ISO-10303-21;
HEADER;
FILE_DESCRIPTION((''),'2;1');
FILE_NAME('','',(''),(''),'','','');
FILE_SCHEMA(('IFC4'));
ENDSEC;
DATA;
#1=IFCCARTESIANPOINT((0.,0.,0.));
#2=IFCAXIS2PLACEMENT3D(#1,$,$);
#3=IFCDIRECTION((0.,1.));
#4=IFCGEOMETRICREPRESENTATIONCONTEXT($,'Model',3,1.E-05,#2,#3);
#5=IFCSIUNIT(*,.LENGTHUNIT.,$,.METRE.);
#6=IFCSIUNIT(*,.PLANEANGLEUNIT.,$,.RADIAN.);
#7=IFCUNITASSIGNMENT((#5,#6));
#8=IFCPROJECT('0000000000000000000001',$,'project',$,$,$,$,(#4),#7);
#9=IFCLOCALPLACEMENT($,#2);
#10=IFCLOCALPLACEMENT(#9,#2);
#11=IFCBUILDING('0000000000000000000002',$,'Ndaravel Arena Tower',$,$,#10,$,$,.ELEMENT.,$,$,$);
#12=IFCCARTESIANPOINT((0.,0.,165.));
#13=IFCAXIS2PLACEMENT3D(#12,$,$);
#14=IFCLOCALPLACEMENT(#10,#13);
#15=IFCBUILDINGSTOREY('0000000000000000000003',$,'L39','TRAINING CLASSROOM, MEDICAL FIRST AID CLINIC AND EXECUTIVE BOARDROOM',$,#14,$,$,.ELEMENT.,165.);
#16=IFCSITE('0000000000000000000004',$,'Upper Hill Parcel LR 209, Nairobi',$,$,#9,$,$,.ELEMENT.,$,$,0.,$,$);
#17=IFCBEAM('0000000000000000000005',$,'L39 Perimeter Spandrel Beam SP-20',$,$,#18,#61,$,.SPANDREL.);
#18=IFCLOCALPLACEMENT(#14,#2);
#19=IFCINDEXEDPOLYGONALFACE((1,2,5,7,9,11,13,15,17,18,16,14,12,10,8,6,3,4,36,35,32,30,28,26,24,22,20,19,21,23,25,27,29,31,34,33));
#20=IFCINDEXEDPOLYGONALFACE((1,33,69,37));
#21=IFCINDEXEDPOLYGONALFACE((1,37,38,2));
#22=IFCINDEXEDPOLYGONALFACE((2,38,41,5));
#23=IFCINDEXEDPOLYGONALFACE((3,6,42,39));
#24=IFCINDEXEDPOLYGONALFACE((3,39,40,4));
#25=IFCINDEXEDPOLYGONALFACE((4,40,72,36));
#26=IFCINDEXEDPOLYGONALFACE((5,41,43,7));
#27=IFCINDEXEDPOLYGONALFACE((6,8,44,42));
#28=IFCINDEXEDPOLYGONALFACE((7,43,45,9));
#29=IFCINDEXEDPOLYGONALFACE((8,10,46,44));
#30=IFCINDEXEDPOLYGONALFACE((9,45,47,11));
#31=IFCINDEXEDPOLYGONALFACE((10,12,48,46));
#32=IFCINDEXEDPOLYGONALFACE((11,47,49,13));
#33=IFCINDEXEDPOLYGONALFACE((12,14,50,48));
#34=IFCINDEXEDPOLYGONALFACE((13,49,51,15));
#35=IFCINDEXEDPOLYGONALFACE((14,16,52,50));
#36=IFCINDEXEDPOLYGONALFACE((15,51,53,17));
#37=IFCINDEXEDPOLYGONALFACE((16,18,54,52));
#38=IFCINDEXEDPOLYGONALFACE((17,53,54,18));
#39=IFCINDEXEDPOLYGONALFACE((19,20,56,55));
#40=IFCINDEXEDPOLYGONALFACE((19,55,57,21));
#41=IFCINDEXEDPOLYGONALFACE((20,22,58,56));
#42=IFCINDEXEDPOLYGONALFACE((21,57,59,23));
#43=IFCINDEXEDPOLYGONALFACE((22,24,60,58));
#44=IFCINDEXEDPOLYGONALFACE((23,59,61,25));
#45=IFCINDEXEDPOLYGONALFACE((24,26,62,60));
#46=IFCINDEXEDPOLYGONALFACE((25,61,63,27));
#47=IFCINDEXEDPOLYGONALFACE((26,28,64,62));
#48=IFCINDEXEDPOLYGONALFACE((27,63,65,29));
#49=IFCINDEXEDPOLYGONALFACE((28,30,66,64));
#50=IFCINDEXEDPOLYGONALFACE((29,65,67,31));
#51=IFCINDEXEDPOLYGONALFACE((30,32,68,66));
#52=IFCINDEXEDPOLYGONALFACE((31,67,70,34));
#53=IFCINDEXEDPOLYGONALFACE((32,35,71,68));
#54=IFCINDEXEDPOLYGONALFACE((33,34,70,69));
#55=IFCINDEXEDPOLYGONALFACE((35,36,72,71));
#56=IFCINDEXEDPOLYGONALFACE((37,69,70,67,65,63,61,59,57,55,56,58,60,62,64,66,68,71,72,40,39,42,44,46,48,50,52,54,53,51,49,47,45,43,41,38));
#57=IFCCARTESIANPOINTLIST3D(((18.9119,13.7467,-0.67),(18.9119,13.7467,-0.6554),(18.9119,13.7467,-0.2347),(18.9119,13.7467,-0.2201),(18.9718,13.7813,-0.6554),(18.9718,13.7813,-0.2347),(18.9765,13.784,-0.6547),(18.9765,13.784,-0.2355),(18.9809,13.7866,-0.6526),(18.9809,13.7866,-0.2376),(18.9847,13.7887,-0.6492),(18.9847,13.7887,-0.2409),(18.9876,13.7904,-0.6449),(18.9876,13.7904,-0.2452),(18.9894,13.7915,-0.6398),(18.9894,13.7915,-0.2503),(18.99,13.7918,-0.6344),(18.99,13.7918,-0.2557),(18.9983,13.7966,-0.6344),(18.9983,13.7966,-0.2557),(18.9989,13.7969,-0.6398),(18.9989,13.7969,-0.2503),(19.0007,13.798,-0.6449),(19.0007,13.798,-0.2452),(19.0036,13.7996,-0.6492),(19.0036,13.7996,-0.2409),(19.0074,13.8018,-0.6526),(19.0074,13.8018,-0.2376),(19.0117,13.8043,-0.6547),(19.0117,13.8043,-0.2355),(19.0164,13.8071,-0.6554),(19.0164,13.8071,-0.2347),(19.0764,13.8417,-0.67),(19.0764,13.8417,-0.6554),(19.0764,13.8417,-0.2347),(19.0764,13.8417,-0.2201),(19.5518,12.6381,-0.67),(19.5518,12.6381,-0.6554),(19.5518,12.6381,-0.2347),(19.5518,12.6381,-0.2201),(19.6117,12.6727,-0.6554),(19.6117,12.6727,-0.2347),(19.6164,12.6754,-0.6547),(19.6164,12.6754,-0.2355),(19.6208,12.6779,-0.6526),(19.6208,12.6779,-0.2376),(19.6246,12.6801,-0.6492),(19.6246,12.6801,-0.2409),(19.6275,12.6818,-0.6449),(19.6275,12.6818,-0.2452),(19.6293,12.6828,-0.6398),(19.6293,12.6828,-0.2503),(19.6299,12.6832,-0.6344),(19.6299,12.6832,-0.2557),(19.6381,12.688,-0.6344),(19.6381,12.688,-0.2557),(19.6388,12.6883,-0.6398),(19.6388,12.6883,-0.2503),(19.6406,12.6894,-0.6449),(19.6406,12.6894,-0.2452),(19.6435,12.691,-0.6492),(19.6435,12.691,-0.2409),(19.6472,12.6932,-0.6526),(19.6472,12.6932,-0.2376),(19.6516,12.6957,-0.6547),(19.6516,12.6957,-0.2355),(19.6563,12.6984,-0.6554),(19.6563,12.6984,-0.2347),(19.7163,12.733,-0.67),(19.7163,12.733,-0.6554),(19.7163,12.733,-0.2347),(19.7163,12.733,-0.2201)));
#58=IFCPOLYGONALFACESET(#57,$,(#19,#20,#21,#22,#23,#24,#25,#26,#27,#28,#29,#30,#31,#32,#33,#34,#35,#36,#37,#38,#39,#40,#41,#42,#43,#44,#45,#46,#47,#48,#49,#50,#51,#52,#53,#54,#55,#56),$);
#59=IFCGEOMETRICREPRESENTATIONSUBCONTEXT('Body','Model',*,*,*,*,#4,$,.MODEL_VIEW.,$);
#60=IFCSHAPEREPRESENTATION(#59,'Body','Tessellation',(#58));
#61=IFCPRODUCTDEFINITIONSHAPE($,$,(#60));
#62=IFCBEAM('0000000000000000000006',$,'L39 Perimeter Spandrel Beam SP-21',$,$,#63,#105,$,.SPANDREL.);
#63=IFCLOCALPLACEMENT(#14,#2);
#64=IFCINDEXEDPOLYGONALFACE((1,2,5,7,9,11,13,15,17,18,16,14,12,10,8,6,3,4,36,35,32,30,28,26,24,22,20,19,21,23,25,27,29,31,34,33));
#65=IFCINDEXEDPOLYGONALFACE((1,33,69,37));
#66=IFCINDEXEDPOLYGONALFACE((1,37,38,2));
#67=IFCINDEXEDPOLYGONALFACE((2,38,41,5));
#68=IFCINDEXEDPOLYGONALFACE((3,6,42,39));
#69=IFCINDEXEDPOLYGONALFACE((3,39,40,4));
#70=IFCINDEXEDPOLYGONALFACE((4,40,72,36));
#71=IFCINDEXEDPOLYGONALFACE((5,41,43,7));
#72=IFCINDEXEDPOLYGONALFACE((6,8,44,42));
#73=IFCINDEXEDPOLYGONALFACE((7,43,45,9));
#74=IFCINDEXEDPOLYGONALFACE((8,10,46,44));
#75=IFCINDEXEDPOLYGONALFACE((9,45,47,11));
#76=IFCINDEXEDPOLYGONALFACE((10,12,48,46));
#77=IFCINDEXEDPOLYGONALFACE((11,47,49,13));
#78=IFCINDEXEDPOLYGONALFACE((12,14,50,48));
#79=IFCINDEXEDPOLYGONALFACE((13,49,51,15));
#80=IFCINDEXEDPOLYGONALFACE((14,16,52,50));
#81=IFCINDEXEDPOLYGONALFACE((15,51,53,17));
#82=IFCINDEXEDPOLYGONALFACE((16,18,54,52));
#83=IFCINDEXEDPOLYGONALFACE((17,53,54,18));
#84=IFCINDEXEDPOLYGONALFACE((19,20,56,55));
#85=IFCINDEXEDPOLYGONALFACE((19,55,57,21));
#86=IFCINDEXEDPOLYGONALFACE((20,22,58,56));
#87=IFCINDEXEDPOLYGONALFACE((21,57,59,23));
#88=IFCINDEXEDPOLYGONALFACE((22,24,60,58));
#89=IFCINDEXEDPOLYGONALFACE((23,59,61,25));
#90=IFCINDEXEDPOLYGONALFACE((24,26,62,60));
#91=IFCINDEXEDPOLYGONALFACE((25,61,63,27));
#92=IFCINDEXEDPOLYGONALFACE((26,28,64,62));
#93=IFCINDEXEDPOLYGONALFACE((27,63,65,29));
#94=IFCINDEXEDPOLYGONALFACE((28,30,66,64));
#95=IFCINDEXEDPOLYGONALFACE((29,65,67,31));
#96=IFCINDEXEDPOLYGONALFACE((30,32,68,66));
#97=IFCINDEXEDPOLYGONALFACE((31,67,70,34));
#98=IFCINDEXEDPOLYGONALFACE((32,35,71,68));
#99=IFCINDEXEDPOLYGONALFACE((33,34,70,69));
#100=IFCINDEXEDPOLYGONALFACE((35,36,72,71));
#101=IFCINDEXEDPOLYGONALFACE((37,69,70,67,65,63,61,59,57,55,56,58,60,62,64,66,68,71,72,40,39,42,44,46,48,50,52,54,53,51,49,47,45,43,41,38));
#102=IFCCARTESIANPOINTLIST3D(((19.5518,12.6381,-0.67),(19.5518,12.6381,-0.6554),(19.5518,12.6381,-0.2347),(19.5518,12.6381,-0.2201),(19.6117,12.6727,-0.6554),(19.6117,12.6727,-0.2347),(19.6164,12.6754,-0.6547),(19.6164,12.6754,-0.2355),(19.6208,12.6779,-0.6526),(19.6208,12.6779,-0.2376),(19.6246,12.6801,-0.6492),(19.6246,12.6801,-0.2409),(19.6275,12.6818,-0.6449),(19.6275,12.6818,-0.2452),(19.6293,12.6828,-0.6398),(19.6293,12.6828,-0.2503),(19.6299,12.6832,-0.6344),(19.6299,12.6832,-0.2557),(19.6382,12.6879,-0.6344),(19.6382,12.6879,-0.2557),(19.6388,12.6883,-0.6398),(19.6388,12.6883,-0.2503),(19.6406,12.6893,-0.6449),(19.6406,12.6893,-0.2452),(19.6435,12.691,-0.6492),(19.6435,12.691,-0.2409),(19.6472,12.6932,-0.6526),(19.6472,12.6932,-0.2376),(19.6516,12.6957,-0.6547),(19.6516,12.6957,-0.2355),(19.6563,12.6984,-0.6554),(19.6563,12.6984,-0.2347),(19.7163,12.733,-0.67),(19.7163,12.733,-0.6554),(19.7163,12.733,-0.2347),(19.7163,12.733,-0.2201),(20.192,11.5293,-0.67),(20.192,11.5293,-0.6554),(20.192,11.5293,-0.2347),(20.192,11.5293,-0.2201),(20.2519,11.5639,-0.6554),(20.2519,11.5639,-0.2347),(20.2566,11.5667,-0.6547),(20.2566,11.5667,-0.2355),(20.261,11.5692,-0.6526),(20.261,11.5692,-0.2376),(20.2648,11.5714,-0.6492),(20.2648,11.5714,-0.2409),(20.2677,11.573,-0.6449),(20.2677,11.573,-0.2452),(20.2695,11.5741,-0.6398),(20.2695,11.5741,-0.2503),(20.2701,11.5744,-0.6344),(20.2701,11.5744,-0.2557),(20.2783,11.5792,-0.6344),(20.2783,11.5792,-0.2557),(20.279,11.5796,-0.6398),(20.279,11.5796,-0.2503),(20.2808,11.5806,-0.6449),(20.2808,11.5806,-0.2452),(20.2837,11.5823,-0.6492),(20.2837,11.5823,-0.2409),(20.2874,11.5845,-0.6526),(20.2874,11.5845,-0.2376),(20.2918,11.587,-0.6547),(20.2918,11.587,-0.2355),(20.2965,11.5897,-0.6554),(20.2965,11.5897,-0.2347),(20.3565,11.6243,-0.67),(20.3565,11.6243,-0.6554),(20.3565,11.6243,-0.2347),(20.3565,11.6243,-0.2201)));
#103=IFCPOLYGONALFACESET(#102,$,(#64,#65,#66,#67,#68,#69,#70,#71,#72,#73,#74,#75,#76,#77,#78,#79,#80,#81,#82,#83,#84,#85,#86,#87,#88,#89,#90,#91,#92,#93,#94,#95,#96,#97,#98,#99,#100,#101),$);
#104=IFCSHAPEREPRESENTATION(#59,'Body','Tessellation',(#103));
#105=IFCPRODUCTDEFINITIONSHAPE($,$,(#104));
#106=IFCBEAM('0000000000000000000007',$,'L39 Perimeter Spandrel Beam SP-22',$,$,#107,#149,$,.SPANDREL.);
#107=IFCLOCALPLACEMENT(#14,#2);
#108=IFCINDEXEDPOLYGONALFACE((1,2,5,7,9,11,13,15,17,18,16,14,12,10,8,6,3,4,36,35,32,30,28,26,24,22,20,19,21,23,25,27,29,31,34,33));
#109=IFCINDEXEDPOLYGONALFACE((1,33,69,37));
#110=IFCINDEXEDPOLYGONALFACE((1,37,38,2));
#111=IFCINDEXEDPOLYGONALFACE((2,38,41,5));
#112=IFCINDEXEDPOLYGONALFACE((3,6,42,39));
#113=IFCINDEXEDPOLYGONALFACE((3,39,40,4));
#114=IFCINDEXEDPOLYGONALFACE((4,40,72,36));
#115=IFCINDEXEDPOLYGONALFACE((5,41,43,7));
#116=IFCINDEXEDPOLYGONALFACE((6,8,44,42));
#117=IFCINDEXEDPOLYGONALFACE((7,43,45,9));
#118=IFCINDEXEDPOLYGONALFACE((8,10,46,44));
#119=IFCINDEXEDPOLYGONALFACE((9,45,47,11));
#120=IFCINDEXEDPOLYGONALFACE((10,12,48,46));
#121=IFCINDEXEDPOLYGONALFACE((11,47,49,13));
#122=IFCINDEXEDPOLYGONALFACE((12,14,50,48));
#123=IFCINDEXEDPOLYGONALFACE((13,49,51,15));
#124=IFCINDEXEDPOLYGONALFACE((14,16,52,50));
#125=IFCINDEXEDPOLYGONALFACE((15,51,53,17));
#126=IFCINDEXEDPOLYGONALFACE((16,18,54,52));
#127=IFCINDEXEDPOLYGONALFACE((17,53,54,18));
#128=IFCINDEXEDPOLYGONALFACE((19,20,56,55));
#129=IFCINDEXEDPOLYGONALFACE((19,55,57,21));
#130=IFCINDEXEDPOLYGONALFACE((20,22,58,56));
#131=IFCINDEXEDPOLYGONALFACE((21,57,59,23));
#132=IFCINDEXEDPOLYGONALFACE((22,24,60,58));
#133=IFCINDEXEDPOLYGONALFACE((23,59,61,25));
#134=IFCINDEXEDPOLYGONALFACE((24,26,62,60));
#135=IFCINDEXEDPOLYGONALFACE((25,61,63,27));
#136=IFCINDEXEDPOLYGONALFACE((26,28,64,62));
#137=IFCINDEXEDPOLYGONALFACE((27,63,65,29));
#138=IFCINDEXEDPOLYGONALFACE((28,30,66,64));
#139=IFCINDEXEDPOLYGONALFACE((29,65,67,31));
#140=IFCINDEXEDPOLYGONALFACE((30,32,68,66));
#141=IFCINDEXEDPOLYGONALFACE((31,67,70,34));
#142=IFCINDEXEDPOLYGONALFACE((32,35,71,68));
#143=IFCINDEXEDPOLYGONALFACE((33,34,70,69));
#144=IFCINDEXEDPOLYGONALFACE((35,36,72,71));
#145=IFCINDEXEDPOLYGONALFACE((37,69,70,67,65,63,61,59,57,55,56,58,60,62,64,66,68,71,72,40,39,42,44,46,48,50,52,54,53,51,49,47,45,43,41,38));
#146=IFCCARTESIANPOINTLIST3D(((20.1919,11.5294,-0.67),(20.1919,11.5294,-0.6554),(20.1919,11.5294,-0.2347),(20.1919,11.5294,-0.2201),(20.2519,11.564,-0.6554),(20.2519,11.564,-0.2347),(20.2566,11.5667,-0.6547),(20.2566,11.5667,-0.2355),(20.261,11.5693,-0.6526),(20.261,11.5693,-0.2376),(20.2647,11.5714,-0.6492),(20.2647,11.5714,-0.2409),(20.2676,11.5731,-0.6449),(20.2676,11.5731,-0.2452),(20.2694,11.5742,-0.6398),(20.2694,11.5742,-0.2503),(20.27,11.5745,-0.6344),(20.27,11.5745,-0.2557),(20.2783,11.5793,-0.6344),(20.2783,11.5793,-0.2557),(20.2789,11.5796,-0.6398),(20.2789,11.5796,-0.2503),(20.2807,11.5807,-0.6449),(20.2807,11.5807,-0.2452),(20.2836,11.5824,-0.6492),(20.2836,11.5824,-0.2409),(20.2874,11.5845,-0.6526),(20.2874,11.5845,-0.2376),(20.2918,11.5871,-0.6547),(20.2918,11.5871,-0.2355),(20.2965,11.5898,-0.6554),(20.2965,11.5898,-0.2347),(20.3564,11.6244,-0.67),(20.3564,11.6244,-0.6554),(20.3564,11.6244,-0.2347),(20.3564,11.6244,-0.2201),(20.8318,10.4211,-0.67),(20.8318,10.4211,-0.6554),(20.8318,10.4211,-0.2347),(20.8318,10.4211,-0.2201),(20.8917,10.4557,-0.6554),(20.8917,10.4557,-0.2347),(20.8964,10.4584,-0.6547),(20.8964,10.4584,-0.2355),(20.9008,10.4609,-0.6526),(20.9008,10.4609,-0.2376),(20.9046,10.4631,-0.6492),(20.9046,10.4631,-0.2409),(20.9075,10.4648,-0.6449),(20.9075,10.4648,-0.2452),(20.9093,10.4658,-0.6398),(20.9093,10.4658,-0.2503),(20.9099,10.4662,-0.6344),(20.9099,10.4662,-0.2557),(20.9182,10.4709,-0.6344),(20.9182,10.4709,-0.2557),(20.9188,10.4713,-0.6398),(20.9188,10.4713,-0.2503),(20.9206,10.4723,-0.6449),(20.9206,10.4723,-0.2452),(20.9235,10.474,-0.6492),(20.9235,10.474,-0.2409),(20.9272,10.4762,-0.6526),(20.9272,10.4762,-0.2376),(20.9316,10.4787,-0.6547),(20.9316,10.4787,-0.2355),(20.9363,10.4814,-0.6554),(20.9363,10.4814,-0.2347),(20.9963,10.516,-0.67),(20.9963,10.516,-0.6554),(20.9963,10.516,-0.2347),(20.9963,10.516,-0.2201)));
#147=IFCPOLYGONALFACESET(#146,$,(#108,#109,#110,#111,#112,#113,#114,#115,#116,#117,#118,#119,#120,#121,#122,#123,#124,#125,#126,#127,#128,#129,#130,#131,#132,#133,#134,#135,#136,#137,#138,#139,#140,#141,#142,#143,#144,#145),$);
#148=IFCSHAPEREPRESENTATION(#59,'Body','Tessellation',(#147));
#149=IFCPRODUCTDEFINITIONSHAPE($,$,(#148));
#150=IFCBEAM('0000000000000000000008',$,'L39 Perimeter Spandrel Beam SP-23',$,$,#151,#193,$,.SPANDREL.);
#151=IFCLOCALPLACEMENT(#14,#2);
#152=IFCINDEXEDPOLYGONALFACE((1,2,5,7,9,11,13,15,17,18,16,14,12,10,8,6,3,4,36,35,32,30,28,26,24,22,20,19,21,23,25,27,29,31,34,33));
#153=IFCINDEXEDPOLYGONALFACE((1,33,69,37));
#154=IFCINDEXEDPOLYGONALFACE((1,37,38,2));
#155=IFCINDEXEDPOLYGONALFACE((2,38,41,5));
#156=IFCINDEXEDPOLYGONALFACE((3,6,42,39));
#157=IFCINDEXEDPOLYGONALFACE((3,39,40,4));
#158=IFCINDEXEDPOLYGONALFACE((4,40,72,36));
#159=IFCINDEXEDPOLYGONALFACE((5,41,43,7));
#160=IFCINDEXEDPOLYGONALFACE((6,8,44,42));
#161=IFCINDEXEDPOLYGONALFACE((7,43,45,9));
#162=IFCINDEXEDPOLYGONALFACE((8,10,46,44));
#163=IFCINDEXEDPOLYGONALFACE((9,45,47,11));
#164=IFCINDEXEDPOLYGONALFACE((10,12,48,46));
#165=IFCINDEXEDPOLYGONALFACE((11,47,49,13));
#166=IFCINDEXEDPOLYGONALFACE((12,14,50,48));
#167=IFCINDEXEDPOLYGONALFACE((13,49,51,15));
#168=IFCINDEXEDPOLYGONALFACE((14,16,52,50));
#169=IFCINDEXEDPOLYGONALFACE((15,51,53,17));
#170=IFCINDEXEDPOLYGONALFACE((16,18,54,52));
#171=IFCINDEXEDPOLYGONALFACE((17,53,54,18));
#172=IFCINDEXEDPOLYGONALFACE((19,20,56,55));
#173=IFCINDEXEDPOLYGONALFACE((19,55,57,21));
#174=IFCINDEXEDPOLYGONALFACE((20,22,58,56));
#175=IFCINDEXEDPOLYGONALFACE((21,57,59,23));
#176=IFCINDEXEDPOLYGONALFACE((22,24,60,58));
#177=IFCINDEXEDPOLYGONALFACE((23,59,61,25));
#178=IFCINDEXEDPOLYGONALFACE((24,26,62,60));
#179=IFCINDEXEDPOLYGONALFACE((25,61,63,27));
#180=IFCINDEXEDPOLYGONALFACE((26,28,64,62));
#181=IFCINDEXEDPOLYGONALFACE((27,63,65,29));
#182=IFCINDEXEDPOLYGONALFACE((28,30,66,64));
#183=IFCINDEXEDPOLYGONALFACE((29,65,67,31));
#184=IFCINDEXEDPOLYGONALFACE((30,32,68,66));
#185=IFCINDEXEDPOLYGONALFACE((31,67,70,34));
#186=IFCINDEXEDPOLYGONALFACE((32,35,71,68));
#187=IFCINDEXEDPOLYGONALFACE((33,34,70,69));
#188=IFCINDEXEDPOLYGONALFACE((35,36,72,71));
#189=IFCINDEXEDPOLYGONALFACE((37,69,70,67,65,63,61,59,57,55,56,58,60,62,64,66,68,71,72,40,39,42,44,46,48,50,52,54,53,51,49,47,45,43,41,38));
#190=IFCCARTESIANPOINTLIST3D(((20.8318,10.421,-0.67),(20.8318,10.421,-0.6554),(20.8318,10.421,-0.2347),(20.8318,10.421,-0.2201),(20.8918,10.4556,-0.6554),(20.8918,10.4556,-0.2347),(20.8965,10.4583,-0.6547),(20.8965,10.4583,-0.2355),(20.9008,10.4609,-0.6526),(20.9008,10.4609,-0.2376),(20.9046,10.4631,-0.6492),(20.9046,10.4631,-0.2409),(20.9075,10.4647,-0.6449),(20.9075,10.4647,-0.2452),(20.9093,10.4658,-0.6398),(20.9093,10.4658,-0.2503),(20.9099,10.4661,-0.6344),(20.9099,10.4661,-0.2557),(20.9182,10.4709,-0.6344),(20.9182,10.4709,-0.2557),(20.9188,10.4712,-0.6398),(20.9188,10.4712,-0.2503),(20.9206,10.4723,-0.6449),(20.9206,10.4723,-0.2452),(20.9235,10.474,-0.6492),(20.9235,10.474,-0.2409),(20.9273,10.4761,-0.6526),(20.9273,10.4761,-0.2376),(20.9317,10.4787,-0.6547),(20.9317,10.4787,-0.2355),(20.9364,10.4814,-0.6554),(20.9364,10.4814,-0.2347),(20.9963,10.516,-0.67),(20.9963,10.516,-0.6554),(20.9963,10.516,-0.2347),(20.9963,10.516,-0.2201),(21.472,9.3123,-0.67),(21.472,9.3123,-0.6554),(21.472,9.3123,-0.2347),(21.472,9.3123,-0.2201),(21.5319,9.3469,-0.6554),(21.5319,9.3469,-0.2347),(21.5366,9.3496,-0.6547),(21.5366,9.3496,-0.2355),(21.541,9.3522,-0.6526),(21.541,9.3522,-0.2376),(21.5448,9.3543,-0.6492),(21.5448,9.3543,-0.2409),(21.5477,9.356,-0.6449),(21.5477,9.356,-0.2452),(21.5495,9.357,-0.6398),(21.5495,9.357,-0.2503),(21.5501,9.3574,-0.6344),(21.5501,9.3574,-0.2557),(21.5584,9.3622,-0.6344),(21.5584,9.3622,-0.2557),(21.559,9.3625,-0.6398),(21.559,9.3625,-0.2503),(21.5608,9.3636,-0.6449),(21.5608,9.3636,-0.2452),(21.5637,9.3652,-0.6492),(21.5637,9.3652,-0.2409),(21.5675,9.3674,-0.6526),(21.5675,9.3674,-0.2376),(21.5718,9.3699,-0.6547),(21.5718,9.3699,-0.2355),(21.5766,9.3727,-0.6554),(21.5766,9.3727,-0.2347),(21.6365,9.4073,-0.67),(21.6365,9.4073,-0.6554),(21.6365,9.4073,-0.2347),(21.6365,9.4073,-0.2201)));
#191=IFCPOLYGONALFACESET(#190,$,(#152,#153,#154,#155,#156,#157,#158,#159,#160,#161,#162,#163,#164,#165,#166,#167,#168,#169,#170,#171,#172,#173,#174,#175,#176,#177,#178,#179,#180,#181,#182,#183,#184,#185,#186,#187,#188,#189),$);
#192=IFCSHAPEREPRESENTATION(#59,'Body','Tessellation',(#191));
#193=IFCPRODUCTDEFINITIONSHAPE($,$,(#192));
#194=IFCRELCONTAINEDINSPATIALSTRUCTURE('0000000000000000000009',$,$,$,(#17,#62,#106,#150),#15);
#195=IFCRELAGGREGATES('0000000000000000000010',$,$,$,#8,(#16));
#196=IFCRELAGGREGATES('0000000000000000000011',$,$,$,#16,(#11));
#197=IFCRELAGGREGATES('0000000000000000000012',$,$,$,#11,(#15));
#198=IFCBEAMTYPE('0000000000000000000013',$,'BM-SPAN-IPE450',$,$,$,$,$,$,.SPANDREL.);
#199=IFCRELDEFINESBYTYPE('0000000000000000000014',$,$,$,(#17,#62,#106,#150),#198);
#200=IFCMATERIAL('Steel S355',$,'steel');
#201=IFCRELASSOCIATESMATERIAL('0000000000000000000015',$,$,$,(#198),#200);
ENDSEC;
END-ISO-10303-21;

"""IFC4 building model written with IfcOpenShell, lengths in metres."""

from ifc_helpers import new_model, si_unit, direction, frame, origin, origin_2d, place, context, subcontext, project, spatial, i_section, extrude, material, material_profile, profile_set, type_object, element, save


model = new_model("IFC4")

# Units and contexts
model_context = context("Model", 3, precision=1e-05, world=origin(), true_north=direction((0.0, 1.0)))
body_context = subcontext(model_context, "Body", "Model", "MODEL_VIEW")
ifc_project = project(units=[si_unit("LENGTHUNIT", "METRE"), si_unit("PLANEANGLEUNIT", "RADIAN")], contexts=[model_context])

# Site, building, storey
site_placement = place(None, origin())
site = spatial("IfcSite", under=ifc_project, at=site_placement, Name="Upper Hill Parcel LR 209, Nairobi", CompositionType="ELEMENT", RefElevation=0.0)
building_placement = place(site_placement, origin())
building = spatial("IfcBuilding", under=site, at=building_placement, Name="Ndaravel Arena Tower", CompositionType="ELEMENT")
storey_placement = place(building_placement, frame((0.0, 0.0, 165.0)))
storey = spatial("IfcBuildingStorey", under=building, at=storey_placement, Name="L39", Description="TRAINING CLASSROOM, MEDICAL FIRST AID CLINIC AND EXECUTIVE BOARDROOM", CompositionType="ELEMENT", Elevation=165.0)

# Beams
ifc_material_1 = material(Name="Steel S355", Category="steel")
ifc_material_profile_1 = material_profile(ifc_material_1, i_section(OverallWidth=0.1899, OverallDepth=0.45, WebThickness=0.0095, FlangeThickness=0.0146, FilletRadius=0.021, at=origin_2d()), Name="IPE 450")
ifc_profile_set_1 = profile_set([ifc_material_profile_1], Name="Steel S355")
beam_type = type_object("IfcBeamType", Name="BM-SPAN-IPE450", PredefinedType="SPANDREL", material=ifc_profile_set_1)
beam_1_placement = place(storey_placement, frame((18.9941, 13.7942, -0.4451), z_axis=(0.499893, -0.866087, 0.0), x_axis=(0.866087, 0.499893, 0.0)))
element("IfcBeam", 1, at=beam_1_placement, inside=storey, type_object=beam_type, Name="L39 Perimeter Spandrel Beam SP-20", PredefinedType="SPANDREL", context=body_context, shape_type="SweptSolid", body=[
    extrude(i_section(OverallWidth=0.1899, OverallDepth=0.45, WebThickness=0.0095, FlangeThickness=0.0146, FilletRadius=0.021, at=origin_2d()), origin(), (0.0, 0.0, 1.0), 1.28),
])
beam_2_placement = place(storey_placement, frame((19.634, 12.6855, -0.4451), z_axis=(0.500036, -0.866005, 0.0), x_axis=(0.866005, 0.500036, 0.0)))
element("IfcBeam", 2, at=beam_2_placement, inside=storey, type_object=beam_type, Name="L39 Perimeter Spandrel Beam SP-21", PredefinedType="SPANDREL", context=body_context, shape_type="SweptSolid", body=[
    extrude(i_section(OverallWidth=0.1899, OverallDepth=0.45, WebThickness=0.0095, FlangeThickness=0.0146, FilletRadius=0.021, at=origin_2d()), origin(), (0.0, 0.0, 1.0), 1.2803),
])
beam_3_placement = place(storey_placement, frame((20.2742, 11.5769, -0.4451), z_axis=(0.499976, -0.866039, 0.0), x_axis=(0.866039, 0.499976, 0.0)))
element("IfcBeam", 3, at=beam_3_placement, inside=storey, type_object=beam_type, Name="L39 Perimeter Spandrel Beam SP-22", PredefinedType="SPANDREL", context=body_context, shape_type="SweptSolid", body=[
    extrude(i_section(OverallWidth=0.1899, OverallDepth=0.45, WebThickness=0.0095, FlangeThickness=0.0146, FilletRadius=0.021, at=origin_2d()), origin(), (0.0, 0.0, 1.0), 1.2798),
])
beam_4_placement = place(storey_placement, frame((20.9141, 10.4685, -0.4451), z_axis=(0.500036, -0.866005, 0.0), x_axis=(0.866005, 0.500036, 0.0)))
element("IfcBeam", 4, at=beam_4_placement, inside=storey, type_object=beam_type, Name="L39 Perimeter Spandrel Beam SP-23", PredefinedType="SPANDREL", context=body_context, shape_type="SweptSolid", body=[
    extrude(i_section(OverallWidth=0.1899, OverallDepth=0.45, WebThickness=0.0095, FlangeThickness=0.0146, FilletRadius=0.021, at=origin_2d()), origin(), (0.0, 0.0, 1.0), 1.2803),
])

save(model, "model.ifc")
